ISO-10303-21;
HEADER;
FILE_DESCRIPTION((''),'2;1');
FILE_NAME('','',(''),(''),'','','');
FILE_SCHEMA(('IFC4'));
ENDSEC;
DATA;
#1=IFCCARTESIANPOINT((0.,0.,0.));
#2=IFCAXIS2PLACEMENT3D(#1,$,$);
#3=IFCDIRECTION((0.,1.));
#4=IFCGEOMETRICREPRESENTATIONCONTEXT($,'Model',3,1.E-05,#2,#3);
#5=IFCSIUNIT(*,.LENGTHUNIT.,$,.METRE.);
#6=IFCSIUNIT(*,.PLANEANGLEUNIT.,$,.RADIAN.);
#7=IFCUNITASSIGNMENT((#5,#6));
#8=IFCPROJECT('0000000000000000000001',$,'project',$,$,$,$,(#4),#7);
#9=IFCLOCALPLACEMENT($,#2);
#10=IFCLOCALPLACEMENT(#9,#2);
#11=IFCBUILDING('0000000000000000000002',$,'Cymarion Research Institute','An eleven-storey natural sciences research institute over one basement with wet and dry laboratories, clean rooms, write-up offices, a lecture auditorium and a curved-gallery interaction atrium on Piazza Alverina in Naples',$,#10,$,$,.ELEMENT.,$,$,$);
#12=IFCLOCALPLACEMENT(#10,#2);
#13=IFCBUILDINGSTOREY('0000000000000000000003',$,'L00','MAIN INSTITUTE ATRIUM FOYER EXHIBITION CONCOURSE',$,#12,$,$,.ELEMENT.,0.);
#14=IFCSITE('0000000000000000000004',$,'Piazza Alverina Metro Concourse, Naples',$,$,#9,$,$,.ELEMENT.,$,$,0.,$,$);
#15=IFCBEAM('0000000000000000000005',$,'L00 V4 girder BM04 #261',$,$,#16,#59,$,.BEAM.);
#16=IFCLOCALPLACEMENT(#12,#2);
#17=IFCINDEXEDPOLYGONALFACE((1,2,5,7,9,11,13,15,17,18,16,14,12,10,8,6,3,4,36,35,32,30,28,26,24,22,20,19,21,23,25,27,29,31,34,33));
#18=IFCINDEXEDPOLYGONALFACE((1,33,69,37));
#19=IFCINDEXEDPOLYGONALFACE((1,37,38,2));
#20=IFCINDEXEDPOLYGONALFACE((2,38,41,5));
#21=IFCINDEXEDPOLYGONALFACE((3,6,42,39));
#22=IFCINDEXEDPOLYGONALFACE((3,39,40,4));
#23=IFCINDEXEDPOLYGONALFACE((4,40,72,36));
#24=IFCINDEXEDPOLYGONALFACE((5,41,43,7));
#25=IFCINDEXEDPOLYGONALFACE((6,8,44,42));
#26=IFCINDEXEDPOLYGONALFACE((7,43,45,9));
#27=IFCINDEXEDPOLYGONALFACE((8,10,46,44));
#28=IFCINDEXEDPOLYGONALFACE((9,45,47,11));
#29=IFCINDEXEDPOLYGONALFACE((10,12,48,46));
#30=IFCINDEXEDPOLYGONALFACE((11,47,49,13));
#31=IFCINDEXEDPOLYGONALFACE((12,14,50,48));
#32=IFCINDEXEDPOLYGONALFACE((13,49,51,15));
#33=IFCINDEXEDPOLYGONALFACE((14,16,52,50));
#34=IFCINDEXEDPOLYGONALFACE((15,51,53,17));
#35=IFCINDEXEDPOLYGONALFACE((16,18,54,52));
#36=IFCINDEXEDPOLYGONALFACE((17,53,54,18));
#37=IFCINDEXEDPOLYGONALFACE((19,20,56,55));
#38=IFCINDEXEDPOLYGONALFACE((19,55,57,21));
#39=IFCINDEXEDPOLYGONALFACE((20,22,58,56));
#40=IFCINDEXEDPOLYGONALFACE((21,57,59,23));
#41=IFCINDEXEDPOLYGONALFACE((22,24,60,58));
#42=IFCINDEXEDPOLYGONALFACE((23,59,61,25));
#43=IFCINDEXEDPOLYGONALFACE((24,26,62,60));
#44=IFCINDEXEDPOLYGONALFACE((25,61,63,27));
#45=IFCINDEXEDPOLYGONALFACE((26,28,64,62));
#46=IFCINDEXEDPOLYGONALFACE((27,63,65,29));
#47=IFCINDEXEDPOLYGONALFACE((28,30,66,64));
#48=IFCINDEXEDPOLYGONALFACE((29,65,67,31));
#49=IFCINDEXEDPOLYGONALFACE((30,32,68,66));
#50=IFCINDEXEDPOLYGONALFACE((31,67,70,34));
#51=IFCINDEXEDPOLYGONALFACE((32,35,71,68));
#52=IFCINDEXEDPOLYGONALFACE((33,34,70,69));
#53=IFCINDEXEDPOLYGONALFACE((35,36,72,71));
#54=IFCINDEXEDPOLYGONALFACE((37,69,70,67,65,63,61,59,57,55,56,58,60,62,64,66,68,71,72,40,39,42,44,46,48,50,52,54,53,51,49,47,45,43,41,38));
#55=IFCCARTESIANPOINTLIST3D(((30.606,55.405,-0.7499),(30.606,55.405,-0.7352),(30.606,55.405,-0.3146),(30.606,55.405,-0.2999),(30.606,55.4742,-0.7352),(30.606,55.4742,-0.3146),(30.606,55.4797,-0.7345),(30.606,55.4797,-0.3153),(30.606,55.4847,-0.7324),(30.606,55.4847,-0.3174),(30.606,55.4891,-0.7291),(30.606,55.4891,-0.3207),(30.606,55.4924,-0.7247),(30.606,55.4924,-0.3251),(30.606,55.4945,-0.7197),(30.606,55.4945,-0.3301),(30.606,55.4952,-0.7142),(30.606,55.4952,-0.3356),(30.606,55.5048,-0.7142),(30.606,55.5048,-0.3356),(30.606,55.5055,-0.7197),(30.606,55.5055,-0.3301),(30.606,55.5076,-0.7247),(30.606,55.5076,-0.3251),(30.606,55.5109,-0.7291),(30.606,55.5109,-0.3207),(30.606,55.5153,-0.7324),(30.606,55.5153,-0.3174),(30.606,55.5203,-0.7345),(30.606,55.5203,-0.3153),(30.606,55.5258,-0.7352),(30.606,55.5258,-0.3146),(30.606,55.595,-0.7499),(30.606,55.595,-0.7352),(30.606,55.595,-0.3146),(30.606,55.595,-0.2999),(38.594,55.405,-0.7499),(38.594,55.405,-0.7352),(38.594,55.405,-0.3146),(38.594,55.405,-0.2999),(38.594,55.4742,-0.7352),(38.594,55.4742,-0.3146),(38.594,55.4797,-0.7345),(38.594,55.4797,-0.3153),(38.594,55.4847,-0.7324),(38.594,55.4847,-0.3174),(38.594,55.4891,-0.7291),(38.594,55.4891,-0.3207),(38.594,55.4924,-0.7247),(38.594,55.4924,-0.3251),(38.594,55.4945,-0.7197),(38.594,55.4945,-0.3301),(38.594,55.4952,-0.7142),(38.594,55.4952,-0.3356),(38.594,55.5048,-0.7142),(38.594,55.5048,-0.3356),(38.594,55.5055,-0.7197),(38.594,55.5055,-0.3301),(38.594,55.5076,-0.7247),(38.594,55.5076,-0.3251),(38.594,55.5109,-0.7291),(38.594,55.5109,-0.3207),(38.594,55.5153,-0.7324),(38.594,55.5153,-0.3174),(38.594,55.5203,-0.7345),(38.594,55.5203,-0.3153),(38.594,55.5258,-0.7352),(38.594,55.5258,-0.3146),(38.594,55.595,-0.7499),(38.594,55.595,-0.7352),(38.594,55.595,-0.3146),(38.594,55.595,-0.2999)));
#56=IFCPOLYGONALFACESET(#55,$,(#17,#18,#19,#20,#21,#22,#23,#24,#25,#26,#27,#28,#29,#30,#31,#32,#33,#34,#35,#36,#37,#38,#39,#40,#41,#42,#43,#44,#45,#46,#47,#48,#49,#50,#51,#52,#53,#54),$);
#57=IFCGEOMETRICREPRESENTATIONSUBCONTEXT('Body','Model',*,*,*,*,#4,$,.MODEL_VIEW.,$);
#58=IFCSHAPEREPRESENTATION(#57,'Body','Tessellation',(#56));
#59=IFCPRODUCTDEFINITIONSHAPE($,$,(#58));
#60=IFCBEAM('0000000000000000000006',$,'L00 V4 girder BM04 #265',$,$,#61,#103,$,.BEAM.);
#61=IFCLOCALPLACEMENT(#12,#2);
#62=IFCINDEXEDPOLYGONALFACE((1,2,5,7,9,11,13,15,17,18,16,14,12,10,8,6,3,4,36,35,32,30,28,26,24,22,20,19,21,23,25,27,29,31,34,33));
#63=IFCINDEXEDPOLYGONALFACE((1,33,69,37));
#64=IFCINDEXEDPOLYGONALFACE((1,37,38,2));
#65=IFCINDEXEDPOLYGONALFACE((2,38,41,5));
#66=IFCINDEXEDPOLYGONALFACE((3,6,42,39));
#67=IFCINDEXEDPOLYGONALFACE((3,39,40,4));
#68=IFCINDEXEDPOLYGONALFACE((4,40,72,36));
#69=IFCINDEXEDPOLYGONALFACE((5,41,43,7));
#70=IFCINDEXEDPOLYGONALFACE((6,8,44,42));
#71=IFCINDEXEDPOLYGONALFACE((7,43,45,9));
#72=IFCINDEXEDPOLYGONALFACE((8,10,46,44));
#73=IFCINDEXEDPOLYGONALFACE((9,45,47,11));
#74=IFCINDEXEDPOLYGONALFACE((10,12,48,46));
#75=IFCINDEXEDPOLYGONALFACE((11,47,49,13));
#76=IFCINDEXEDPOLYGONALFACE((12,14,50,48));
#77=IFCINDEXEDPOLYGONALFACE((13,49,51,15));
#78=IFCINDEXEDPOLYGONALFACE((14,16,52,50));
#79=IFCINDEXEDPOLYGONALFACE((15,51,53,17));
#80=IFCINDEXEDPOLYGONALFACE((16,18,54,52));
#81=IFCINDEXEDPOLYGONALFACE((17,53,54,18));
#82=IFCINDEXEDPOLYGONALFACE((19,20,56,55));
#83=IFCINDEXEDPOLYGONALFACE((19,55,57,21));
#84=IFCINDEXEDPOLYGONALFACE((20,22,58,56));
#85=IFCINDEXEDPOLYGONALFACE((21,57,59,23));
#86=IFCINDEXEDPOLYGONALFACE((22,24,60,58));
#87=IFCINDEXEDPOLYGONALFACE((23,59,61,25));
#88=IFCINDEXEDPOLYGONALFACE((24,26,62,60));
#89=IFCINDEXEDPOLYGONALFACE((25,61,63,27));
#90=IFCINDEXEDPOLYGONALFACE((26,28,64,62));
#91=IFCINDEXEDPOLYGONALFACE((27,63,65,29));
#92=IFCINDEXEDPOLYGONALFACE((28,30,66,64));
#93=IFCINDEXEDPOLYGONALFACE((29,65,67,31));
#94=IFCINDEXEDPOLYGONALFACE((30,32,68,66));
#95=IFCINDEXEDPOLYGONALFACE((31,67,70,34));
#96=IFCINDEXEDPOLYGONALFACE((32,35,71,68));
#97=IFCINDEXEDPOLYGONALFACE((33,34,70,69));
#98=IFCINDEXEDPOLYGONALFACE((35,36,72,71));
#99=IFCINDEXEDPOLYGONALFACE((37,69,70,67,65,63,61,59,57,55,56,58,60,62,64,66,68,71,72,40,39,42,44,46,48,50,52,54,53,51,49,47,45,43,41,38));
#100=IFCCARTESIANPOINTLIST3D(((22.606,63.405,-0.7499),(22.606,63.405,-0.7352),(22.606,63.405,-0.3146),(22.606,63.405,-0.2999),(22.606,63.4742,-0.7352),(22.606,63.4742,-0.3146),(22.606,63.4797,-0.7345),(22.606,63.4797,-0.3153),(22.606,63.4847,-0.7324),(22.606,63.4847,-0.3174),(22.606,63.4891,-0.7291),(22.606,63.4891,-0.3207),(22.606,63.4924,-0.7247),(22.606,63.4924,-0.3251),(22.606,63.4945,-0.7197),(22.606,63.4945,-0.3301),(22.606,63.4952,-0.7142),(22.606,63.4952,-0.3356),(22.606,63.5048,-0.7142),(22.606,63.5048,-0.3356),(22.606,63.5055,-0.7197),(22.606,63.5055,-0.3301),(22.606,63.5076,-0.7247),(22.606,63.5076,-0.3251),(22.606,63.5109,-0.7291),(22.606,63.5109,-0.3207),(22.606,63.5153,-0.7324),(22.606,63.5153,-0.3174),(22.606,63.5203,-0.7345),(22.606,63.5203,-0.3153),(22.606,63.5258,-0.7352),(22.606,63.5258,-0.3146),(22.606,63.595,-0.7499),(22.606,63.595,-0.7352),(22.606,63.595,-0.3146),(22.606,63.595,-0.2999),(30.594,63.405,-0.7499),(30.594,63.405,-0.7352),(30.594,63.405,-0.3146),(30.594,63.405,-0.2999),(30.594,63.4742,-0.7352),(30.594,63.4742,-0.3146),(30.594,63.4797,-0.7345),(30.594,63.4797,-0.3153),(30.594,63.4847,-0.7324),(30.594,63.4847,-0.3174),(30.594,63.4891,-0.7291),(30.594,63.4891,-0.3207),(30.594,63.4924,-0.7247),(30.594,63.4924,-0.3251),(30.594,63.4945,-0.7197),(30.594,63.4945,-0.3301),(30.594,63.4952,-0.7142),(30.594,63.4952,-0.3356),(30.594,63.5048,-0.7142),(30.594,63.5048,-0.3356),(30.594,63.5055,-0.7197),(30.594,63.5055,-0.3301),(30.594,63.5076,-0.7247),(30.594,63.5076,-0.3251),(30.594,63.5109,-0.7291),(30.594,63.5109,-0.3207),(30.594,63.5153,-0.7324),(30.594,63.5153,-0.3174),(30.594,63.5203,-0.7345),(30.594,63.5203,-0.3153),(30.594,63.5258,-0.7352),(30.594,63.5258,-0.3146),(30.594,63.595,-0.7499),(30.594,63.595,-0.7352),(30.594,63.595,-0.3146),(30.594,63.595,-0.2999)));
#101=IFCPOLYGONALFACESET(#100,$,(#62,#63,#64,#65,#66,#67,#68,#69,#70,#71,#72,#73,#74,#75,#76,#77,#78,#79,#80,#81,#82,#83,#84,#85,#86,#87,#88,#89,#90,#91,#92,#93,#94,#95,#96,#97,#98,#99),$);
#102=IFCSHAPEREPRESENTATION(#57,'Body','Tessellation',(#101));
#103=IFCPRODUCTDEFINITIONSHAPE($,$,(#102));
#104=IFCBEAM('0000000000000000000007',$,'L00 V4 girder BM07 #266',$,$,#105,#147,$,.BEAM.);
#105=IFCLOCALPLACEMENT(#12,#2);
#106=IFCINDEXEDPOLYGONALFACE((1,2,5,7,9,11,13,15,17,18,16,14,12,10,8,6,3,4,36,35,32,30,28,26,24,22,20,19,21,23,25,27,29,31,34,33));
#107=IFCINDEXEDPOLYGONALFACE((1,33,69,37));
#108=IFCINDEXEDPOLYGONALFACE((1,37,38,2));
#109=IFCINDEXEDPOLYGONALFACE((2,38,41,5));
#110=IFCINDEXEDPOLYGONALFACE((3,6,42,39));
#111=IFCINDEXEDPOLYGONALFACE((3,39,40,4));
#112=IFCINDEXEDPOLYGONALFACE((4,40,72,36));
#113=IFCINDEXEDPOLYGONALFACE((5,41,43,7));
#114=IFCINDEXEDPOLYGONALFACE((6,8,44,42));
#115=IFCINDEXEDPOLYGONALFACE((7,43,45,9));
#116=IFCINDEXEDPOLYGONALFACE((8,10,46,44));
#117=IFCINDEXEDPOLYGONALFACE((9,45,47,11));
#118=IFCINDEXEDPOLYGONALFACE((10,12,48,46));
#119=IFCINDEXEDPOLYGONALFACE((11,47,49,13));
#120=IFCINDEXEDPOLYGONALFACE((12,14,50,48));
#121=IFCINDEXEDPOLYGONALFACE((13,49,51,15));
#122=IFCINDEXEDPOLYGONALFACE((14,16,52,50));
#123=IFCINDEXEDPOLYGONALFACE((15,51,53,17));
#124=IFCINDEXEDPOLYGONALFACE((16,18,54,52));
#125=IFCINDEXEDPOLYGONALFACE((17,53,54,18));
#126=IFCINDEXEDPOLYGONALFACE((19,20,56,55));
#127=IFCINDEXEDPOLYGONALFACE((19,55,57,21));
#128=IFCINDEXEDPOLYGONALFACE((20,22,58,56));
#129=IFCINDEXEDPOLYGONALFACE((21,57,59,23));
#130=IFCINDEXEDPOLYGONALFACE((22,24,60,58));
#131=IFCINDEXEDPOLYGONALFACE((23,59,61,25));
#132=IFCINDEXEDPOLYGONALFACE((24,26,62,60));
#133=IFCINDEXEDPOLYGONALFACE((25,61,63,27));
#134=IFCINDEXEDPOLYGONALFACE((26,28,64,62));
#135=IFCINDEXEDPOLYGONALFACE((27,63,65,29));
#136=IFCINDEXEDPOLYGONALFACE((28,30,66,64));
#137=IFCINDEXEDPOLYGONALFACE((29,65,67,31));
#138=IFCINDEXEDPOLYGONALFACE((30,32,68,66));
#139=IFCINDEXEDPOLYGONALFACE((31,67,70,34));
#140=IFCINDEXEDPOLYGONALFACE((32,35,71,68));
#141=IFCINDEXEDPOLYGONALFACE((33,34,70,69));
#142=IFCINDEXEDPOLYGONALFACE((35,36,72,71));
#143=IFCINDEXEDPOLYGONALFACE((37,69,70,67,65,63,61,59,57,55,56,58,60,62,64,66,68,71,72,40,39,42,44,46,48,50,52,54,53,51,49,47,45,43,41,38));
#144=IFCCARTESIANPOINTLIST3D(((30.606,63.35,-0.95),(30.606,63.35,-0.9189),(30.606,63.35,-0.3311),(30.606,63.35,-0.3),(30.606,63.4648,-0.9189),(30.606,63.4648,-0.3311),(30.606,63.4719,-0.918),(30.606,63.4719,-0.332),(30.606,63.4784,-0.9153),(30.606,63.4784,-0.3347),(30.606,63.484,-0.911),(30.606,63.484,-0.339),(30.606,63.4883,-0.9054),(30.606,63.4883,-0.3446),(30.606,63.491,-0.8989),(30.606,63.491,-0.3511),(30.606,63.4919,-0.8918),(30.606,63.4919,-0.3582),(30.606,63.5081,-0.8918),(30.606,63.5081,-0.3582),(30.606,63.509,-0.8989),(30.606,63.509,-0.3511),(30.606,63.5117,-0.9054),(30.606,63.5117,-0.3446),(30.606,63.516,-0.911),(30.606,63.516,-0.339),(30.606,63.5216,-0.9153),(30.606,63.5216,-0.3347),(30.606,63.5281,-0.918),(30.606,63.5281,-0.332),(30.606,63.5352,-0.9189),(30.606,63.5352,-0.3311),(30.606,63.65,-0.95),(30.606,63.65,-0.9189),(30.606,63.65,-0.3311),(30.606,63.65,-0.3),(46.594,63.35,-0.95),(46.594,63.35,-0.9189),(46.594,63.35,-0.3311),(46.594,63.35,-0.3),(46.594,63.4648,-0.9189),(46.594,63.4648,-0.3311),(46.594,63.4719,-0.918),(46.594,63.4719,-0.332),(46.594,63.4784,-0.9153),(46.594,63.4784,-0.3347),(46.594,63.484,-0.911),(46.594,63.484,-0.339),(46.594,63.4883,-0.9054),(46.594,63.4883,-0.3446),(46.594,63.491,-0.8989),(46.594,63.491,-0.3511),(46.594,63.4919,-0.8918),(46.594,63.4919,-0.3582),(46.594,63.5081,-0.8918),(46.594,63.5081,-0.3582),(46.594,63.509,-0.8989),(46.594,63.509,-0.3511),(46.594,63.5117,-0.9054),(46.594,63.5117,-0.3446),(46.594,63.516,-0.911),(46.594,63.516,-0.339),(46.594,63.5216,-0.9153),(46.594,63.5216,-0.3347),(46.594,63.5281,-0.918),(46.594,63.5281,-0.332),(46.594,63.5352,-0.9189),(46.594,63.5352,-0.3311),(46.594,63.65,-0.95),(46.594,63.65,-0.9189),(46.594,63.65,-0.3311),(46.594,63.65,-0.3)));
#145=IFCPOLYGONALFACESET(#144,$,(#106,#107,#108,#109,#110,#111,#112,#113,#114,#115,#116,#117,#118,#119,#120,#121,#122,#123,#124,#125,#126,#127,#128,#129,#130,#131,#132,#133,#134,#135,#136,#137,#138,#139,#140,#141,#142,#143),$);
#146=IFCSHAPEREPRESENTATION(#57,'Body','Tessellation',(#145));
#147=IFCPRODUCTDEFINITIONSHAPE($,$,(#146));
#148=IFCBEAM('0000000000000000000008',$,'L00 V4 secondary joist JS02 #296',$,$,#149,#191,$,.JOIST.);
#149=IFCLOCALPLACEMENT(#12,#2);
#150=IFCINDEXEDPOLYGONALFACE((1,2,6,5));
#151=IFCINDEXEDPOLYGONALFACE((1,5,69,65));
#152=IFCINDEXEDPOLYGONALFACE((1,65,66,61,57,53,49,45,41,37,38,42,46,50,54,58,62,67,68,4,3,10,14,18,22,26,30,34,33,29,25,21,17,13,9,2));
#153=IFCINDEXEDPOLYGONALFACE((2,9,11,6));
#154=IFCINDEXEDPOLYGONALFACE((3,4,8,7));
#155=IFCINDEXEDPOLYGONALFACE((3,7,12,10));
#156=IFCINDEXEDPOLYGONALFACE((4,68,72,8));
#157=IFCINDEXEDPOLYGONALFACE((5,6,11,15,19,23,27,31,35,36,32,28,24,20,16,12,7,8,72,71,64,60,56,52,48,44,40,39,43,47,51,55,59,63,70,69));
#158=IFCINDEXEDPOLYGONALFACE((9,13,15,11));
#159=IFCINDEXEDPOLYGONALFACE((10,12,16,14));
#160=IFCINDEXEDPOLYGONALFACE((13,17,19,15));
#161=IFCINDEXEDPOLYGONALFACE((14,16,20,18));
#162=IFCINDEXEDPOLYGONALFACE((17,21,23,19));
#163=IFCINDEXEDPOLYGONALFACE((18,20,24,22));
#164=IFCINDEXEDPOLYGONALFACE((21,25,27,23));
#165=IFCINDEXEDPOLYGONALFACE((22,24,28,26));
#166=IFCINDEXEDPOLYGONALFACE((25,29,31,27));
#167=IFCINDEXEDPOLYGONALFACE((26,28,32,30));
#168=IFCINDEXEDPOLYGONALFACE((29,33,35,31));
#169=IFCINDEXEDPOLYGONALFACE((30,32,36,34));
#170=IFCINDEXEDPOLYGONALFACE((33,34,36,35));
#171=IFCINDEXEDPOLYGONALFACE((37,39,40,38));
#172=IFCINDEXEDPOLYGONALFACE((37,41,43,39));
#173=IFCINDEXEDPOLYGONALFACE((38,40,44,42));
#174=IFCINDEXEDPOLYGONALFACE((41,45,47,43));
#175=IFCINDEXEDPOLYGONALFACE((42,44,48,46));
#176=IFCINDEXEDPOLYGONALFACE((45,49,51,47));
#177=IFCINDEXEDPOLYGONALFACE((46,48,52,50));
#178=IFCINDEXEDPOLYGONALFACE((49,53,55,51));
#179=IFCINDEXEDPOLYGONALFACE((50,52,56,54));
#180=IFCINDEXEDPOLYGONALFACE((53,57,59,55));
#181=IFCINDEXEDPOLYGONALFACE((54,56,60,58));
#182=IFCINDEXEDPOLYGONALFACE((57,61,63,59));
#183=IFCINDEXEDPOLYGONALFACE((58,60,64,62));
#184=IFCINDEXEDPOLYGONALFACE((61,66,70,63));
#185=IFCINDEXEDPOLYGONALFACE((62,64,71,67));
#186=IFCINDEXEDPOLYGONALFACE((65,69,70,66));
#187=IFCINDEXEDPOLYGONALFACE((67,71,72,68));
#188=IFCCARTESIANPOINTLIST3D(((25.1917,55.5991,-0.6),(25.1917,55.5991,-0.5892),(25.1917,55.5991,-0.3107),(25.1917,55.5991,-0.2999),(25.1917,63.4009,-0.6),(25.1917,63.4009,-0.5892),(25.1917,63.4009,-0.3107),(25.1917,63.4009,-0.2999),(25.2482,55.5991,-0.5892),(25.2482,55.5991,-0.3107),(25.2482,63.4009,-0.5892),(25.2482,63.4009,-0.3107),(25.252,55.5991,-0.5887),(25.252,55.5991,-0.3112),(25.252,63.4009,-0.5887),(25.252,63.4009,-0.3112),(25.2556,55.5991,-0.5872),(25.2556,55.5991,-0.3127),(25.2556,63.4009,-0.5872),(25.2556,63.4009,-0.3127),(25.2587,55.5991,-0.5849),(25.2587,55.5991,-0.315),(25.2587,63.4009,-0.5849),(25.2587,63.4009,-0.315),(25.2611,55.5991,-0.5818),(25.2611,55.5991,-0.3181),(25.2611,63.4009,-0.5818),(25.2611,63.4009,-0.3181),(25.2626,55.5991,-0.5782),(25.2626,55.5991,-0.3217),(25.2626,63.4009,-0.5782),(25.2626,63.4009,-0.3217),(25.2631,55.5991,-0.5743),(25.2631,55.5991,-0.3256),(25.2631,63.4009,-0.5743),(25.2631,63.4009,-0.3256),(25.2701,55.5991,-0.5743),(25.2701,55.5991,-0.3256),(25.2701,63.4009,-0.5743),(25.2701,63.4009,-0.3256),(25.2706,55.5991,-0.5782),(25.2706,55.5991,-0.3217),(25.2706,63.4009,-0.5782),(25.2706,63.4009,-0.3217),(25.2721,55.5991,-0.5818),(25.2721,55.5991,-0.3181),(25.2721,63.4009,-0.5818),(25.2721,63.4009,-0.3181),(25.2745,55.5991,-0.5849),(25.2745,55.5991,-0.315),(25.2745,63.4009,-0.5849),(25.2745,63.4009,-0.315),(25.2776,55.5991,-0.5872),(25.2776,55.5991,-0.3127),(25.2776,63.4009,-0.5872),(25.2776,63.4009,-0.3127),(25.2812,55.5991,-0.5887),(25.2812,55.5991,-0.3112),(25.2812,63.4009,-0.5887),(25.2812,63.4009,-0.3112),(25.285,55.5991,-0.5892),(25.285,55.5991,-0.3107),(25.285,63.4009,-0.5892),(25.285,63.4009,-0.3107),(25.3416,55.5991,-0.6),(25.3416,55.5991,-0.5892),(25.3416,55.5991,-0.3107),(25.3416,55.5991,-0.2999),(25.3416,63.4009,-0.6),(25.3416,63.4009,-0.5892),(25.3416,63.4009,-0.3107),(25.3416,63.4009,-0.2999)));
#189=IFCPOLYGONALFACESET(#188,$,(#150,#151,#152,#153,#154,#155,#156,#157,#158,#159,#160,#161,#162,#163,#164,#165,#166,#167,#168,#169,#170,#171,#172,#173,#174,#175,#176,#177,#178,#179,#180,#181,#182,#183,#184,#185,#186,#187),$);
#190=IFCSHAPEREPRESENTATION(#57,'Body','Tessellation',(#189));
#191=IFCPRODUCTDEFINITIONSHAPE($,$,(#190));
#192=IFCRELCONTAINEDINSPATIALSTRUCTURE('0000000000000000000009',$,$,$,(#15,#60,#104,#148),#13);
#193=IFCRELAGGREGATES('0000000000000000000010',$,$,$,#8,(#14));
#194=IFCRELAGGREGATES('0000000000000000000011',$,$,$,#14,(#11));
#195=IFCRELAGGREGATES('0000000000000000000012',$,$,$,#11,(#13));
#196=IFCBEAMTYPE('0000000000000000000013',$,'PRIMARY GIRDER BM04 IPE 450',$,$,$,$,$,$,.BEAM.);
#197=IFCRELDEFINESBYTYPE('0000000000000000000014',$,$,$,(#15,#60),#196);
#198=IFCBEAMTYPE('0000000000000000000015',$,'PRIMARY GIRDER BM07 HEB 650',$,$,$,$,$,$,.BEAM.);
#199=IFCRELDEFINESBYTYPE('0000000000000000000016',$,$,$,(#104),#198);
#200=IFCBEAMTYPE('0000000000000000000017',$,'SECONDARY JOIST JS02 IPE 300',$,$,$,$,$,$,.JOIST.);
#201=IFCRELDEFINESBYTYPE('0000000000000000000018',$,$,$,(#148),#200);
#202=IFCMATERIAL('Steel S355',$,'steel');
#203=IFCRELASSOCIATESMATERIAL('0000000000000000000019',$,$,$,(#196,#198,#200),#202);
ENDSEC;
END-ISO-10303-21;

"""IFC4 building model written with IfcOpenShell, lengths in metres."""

from ifc_helpers import new_model, si_unit, direction, frame, origin, origin_2d, place, context, subcontext, project, spatial, i_section, extrude, material, material_profile, profile_set, type_object, element, save


model = new_model("IFC4")

# Units and contexts
model_context = context("Model", 3, precision=1e-05, world=origin(), true_north=direction((0.0, 1.0)))
body_context = subcontext(model_context, "Body", "Model", "MODEL_VIEW")
ifc_project = project(units=[si_unit("LENGTHUNIT", "METRE"), si_unit("PLANEANGLEUNIT", "RADIAN")], contexts=[model_context])

# Site, building, storey
site_placement = place(None, origin())
site = spatial("IfcSite", under=ifc_project, at=site_placement, Name="Piazza Alverina Metro Concourse, Naples", CompositionType="ELEMENT", RefElevation=0.0)
building_placement = place(site_placement, origin())
building = spatial("IfcBuilding", under=site, at=building_placement, Name="Cymarion Research Institute", Description="An eleven-storey natural sciences research institute over one basement with wet and dry laboratories, clean rooms, write-up offices, a lecture auditorium and a curved-gallery interaction atrium on Piazza Alverina in Naples", CompositionType="ELEMENT")
storey_placement = place(building_placement, origin())
storey = spatial("IfcBuildingStorey", under=building, at=storey_placement, Name="L00", Description="MAIN INSTITUTE ATRIUM FOYER EXHIBITION CONCOURSE", CompositionType="ELEMENT", Elevation=0.0)

# Beams
ifc_material_1 = material(Name="Steel S355", Category="steel")
ifc_material_profile_1 = material_profile(ifc_material_1, i_section(OverallWidth=0.1899, OverallDepth=0.45, WebThickness=0.0095, FlangeThickness=0.0146, FilletRadius=0.021, at=origin_2d()), Name="IPE 450")
ifc_profile_set_1 = profile_set([ifc_material_profile_1], Name="Steel S355")
beam_type_1 = type_object("IfcBeamType", Name="PRIMARY GIRDER BM04 IPE 450", PredefinedType="BEAM", material=ifc_profile_set_1)
for number, where, z_axis, x_axis, name in (
    (1, (30.606, 55.5, -0.5249), (1.0, 0.0, 0.0), (0.0, 1.0, 0.0), "L00 V4 girder BM04 #261"),
    (2, (22.606, 63.5, -0.5249), (1.0, 0.0, 0.0), (0.0, 1.0, 0.0), "L00 V4 girder BM04 #265"),
):
    element("IfcBeam", number, at=place(storey_placement, frame(where, z_axis=z_axis, x_axis=x_axis)), inside=storey, type_object=beam_type_1, Name=name, PredefinedType="BEAM", context=body_context, shape_type="SweptSolid", body=[
        extrude(i_section(OverallWidth=0.1899, OverallDepth=0.45, WebThickness=0.0095, FlangeThickness=0.0146, FilletRadius=0.021, at=origin_2d()), origin(), (0.0, 0.0, 1.0), 7.988),
    ])
ifc_material_profile_2 = material_profile(ifc_material_1, i_section(OverallWidth=0.3, OverallDepth=0.6499, WebThickness=0.0161, FlangeThickness=0.031, FilletRadius=0.0271, at=origin_2d()), Name="HEB 650")
ifc_profile_set_2 = profile_set([ifc_material_profile_2], Name="Steel S355")
beam_type_2 = type_object("IfcBeamType", Name="PRIMARY GIRDER BM07 HEB 650", PredefinedType="BEAM", material=ifc_profile_set_2)
beam_placement = place(storey_placement, frame((30.606, 63.5, -0.625), z_axis=(1.0, 0.0, 0.0), x_axis=(0.0, 1.0, 0.0)))
element("IfcBeam", 3, at=beam_placement, inside=storey, type_object=beam_type_2, Name="L00 V4 girder BM07 #266", PredefinedType="BEAM", context=body_context, shape_type="SweptSolid", body=[
    extrude(i_section(OverallWidth=0.3, OverallDepth=0.6499, WebThickness=0.0161, FlangeThickness=0.031, FilletRadius=0.0271, at=origin_2d()), origin(), (0.0, 0.0, 1.0), 15.988),
])
ifc_material_profile_3 = material_profile(ifc_material_1, i_section(OverallWidth=0.1499, OverallDepth=0.3, WebThickness=0.0071, FlangeThickness=0.0107, FilletRadius=0.0149, at=origin_2d()), Name="IPE 300")
ifc_profile_set_3 = profile_set([ifc_material_profile_3], Name="Steel S355")
beam_type_3 = type_object("IfcBeamType", Name="SECONDARY JOIST JS02 IPE 300", PredefinedType="JOIST", material=ifc_profile_set_3)
for number, where, z_axis, x_axis, name in (
    (4, (25.2666, 55.5991, -0.45), (0.0, 1.0, 0.0), (-1.0, 0.0, 0.0), "L00 V4 secondary joist JS02 #296"),
):
    element("IfcBeam", number, at=place(storey_placement, frame(where, z_axis=z_axis, x_axis=x_axis)), inside=storey, type_object=beam_type_3, Name=name, PredefinedType="JOIST", context=body_context, shape_type="SweptSolid", body=[
        extrude(i_section(OverallWidth=0.1499, OverallDepth=0.3, WebThickness=0.0071, FlangeThickness=0.0107, FilletRadius=0.0149, at=origin_2d()), origin(), (0.0, 0.0, 1.0), 7.8018),
    ])

save(model, "model.ifc")
